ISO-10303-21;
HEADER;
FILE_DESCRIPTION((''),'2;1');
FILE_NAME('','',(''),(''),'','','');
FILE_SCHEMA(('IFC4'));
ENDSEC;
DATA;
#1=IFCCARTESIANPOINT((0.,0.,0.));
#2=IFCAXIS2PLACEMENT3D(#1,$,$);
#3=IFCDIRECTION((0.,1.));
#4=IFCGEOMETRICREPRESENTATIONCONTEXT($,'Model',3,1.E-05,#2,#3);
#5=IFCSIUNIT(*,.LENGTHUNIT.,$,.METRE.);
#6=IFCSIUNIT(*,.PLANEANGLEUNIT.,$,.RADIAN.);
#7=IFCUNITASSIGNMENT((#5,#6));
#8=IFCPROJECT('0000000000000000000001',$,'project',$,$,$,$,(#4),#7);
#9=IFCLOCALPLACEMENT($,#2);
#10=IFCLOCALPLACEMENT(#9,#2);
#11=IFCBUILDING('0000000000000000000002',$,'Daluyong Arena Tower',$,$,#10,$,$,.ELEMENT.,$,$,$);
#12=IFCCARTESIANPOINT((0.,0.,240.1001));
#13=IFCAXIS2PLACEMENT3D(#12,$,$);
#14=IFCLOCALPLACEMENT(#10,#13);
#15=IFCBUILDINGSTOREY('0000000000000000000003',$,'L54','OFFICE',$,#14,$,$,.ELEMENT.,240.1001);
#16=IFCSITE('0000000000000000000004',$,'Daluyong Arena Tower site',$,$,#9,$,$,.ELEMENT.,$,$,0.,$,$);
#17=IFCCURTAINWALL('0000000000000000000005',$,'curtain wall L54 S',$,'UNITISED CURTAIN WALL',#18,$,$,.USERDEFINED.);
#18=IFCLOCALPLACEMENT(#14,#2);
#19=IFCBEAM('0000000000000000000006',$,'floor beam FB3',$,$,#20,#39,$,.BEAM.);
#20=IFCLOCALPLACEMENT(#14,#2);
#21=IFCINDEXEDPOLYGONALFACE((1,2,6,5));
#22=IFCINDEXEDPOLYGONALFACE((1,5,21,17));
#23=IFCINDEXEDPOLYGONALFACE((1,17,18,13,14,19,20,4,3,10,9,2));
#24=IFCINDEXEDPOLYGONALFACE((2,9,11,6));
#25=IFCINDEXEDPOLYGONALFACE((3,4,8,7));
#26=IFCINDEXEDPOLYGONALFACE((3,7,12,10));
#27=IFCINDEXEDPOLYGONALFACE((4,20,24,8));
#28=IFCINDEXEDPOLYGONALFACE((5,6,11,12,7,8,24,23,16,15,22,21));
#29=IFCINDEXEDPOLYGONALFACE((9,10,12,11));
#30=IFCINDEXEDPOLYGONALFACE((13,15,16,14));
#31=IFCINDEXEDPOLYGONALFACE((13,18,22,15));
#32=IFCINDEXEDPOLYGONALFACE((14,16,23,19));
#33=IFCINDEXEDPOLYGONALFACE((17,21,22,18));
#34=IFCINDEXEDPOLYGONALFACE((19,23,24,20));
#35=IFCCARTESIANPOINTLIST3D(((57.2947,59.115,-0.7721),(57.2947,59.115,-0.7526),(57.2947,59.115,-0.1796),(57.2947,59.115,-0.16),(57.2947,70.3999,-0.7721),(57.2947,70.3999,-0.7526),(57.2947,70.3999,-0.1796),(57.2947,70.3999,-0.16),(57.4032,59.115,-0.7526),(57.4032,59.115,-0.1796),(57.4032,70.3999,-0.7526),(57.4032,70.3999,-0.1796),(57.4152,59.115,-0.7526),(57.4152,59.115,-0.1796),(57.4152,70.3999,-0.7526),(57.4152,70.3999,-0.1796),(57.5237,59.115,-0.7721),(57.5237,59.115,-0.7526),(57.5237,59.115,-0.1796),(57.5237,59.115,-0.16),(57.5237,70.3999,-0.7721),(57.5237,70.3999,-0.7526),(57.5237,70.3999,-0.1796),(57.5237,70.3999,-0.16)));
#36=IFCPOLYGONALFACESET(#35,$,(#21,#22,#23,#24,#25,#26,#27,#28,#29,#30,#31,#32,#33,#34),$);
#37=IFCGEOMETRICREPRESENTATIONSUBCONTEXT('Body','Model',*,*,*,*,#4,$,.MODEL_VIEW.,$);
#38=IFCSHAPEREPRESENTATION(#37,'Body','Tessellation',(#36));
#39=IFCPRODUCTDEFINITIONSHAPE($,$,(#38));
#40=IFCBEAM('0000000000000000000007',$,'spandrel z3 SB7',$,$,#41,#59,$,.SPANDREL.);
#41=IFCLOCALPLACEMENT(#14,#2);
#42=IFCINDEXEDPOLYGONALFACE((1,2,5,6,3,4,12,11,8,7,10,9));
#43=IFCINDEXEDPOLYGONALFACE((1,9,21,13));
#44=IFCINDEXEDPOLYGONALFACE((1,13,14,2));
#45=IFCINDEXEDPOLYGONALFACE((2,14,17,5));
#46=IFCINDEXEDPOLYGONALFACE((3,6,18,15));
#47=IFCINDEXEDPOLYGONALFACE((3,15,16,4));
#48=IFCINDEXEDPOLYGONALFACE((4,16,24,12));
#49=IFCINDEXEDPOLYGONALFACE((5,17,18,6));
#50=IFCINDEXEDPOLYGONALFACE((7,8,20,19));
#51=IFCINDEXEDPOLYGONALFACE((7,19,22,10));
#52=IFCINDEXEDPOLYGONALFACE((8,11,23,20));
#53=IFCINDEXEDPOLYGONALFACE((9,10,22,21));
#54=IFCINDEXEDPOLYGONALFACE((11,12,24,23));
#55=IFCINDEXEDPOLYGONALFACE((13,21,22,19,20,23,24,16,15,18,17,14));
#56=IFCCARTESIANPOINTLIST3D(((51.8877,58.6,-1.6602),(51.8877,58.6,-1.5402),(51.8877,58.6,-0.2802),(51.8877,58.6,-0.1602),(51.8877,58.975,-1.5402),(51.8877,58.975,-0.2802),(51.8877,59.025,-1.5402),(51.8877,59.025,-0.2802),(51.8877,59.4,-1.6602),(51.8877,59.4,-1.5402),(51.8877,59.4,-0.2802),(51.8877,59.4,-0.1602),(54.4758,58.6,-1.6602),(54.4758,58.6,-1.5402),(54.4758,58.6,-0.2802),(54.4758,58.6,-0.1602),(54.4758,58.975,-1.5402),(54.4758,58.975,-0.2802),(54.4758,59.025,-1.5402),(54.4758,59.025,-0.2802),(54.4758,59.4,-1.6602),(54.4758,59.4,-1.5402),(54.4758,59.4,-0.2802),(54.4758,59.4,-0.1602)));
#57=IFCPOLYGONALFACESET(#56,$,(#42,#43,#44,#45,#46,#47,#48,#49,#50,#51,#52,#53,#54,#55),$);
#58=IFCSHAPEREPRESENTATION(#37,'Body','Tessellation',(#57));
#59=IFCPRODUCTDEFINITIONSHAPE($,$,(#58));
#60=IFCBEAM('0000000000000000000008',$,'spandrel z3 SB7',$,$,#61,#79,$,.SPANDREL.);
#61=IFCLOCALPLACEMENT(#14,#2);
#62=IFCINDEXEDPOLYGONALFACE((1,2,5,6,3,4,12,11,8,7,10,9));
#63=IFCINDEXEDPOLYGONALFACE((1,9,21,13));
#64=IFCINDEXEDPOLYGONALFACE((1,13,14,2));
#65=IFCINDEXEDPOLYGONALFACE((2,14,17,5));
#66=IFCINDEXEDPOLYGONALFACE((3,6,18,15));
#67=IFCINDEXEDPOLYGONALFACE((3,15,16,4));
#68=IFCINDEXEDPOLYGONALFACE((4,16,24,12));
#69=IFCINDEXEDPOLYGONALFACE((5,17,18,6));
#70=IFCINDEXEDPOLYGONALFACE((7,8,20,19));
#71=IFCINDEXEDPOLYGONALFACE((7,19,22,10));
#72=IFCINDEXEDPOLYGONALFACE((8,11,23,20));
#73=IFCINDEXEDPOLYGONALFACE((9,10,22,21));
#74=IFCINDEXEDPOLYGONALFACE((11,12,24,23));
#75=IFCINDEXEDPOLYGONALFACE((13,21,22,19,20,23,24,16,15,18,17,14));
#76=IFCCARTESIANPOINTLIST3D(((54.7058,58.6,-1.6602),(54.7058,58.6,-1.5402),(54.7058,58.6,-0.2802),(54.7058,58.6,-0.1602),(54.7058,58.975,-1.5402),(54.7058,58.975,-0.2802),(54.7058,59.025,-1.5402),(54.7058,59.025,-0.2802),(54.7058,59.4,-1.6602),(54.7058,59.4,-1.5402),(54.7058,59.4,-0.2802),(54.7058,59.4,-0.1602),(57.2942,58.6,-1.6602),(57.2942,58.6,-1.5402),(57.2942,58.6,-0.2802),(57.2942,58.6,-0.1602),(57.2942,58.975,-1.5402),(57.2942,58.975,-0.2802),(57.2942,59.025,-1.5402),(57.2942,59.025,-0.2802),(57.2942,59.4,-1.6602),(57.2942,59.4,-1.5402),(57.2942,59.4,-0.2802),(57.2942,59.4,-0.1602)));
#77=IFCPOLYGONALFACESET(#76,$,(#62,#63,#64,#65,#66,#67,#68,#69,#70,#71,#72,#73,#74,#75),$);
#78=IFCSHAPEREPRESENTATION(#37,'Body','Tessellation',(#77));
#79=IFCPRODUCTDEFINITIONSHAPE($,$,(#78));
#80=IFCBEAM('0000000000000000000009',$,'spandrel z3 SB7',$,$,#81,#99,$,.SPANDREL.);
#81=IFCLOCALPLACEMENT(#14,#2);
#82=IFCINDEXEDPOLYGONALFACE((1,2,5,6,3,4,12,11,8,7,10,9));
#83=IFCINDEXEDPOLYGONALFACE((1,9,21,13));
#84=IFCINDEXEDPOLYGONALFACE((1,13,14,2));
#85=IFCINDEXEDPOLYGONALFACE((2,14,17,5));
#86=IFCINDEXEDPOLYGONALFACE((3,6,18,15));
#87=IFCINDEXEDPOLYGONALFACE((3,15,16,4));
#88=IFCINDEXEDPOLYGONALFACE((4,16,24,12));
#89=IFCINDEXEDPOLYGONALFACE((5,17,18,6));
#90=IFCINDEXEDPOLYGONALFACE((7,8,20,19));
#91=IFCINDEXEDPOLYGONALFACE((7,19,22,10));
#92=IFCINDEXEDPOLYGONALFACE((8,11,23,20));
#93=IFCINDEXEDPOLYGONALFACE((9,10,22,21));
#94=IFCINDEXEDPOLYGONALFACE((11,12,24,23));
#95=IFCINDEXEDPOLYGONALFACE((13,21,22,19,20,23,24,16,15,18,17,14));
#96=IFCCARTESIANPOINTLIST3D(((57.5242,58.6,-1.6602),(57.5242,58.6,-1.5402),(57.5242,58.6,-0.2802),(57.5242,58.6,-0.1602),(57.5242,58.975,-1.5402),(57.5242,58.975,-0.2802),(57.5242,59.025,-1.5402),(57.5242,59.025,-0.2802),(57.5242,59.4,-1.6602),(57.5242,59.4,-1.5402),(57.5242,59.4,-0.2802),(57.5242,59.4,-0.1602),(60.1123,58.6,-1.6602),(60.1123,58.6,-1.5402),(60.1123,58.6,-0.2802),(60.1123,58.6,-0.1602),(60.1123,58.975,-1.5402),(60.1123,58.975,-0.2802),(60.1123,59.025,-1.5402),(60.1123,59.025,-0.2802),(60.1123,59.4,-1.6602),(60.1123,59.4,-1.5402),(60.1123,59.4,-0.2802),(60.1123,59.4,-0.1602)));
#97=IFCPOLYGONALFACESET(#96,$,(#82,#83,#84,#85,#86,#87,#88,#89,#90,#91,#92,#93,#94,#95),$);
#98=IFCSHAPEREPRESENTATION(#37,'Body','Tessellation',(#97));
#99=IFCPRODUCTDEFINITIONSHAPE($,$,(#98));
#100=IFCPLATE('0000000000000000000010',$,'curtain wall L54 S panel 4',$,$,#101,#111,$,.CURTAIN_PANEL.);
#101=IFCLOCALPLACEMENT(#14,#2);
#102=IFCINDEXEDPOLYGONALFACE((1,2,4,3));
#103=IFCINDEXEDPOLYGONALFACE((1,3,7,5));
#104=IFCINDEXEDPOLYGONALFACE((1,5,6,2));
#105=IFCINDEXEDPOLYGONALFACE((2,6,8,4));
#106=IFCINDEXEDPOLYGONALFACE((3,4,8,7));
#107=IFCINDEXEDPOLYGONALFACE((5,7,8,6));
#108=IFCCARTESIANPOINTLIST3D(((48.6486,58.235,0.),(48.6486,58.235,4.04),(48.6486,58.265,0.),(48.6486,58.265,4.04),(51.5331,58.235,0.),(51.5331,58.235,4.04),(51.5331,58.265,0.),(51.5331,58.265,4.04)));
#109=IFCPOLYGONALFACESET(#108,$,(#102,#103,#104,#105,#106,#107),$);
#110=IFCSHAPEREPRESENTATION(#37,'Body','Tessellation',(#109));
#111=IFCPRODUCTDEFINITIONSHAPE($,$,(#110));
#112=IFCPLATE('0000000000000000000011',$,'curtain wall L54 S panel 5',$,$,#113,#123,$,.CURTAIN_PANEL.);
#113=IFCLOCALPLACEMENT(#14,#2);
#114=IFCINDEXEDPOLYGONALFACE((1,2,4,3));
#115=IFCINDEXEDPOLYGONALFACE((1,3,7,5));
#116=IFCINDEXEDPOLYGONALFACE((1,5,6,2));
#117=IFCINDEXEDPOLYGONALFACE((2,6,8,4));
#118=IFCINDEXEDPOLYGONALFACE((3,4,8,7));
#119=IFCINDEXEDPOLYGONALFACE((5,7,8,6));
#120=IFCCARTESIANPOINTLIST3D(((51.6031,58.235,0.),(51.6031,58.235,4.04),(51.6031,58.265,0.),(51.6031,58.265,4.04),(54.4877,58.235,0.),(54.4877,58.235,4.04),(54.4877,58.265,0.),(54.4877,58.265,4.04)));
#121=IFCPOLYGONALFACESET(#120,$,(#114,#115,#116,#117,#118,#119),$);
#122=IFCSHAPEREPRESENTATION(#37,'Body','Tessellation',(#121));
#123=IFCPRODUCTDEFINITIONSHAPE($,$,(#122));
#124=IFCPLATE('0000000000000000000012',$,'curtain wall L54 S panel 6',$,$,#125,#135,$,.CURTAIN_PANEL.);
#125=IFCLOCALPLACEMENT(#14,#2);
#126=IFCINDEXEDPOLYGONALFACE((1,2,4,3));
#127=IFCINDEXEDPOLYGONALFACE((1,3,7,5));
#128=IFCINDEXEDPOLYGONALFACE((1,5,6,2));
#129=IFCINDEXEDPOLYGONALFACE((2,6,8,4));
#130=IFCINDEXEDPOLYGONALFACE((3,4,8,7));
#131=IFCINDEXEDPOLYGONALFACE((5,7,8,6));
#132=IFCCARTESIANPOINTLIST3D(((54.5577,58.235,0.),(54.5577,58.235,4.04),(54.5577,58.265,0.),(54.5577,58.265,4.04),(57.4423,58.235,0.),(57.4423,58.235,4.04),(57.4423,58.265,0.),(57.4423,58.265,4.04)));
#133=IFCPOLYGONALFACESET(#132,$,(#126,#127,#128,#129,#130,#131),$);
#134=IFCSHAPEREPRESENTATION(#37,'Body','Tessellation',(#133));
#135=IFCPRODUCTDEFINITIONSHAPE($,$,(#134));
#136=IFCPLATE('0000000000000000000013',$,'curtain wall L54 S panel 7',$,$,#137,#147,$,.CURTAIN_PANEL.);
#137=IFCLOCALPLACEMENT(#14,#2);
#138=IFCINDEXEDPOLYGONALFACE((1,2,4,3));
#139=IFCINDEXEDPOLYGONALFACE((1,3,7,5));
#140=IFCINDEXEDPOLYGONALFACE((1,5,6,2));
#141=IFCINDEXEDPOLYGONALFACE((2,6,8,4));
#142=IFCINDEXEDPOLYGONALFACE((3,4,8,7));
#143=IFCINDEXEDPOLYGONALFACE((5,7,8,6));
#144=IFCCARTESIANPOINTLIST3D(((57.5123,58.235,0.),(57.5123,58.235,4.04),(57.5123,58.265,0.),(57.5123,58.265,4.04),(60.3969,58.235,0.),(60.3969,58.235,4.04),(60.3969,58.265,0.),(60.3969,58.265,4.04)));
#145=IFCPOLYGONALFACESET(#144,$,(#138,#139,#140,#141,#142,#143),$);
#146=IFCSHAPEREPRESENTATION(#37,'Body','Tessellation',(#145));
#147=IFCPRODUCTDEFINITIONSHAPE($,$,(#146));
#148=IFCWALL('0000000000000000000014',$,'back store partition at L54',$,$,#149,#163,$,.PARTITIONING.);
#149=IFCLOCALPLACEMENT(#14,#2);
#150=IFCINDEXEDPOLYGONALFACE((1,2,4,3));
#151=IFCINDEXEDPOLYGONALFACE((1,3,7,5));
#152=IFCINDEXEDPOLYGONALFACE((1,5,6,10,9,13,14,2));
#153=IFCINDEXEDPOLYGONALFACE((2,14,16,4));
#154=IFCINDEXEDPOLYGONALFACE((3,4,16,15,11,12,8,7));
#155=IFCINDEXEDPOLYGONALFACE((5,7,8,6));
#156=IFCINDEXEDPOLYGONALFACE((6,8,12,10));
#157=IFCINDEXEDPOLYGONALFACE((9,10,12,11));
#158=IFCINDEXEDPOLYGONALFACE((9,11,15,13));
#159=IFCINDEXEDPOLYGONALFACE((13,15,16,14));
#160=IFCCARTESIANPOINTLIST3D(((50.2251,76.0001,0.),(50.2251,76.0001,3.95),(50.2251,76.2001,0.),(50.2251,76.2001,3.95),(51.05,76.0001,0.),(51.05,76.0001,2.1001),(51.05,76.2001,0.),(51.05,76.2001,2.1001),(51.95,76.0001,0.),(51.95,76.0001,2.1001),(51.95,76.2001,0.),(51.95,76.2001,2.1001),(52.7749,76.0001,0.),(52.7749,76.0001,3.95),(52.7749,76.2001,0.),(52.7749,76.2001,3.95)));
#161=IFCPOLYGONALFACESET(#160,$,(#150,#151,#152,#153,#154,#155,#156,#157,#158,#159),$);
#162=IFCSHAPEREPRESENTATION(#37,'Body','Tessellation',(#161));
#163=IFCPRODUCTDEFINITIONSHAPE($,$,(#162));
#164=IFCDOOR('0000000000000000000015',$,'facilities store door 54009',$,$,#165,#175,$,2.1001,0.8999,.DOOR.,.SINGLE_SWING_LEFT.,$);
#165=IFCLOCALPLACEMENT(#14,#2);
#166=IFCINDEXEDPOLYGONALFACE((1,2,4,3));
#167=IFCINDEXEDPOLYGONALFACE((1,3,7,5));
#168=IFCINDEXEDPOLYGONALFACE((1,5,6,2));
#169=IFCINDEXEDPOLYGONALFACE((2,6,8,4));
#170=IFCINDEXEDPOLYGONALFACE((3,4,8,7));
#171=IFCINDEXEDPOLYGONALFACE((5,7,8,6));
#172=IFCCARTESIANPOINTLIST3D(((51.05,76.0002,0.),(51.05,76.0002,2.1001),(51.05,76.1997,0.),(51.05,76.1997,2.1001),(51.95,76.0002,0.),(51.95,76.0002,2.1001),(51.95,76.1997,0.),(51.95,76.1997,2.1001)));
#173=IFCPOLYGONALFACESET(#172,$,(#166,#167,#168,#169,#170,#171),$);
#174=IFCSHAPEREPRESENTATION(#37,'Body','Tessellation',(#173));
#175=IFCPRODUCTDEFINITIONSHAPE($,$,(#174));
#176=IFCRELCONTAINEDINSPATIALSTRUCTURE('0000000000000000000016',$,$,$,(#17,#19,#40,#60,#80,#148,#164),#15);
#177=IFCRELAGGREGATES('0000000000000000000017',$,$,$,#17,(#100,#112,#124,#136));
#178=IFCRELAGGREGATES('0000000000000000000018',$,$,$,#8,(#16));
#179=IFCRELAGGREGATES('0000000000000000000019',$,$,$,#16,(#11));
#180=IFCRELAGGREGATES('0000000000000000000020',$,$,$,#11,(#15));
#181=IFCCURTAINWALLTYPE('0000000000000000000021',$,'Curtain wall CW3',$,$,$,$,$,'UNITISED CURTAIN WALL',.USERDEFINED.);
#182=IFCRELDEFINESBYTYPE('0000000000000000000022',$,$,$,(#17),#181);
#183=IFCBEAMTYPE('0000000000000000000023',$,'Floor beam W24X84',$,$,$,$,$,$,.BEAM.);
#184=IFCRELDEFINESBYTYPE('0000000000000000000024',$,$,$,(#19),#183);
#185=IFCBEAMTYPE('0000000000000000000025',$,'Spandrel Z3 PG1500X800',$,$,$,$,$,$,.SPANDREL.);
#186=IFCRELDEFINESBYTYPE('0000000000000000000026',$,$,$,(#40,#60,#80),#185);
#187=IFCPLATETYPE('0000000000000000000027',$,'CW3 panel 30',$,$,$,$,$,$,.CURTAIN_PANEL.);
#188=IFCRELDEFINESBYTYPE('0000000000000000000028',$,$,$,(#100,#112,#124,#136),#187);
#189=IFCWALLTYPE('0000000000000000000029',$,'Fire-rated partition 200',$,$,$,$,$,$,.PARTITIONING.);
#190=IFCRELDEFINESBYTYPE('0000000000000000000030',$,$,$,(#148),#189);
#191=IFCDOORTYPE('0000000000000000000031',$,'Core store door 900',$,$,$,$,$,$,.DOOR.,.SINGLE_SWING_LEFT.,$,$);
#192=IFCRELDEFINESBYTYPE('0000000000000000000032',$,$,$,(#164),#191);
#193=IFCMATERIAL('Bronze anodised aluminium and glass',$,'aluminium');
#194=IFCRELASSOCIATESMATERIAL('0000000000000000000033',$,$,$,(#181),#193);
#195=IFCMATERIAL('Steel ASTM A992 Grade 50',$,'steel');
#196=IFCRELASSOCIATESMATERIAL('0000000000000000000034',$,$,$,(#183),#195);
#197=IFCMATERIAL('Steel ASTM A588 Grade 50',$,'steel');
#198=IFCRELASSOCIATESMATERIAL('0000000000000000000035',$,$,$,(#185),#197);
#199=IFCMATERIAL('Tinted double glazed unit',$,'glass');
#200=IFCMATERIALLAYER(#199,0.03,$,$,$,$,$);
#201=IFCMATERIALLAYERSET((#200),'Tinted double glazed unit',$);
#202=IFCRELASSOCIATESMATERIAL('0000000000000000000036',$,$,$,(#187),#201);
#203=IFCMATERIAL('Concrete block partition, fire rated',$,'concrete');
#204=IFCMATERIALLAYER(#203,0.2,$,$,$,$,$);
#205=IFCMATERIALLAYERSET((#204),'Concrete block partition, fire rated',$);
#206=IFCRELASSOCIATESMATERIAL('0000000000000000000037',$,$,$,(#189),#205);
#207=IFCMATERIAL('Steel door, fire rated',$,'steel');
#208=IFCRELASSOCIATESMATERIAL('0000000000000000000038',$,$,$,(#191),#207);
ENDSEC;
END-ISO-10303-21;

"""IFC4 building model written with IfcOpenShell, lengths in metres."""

from ifc_helpers import new_model, si_unit, direction, frame, frame_2d, origin, origin_2d, place, context, subcontext, project, spatial, rectangle, i_section, extrude, material, layer, layer_set, material_profile, profile_set, type_object, element, fill, aggregate, save


model = new_model("IFC4")

# Units and contexts
model_context = context("Model", 3, precision=1e-05, world=origin(), true_north=direction((0.0, 1.0)))
body_context = subcontext(model_context, "Body", "Model", "MODEL_VIEW")
ifc_project = project(units=[si_unit("LENGTHUNIT", "METRE"), si_unit("PLANEANGLEUNIT", "RADIAN")], contexts=[model_context])

# Site, building, storey
site_placement = place(None, origin())
site = spatial("IfcSite", under=ifc_project, at=site_placement, Name="Daluyong Arena Tower site", CompositionType="ELEMENT", RefElevation=0.0)
building_placement = place(site_placement, origin())
building = spatial("IfcBuilding", under=site, at=building_placement, Name="Daluyong Arena Tower", CompositionType="ELEMENT")
storey_placement = place(building_placement, frame((0.0, 0.0, 240.1001)))
storey = spatial("IfcBuildingStorey", under=building, at=storey_placement, Name="L54", Description="OFFICE", CompositionType="ELEMENT", Elevation=240.1001)

# Curtain wall
ifc_material_1 = material(Name="Bronze anodised aluminium and glass", Category="aluminium")
curtain_wall_type = type_object("IfcCurtainWallType", Name="Curtain wall CW3", ElementType="UNITISED CURTAIN WALL", PredefinedType="USERDEFINED", material=ifc_material_1)
curtain_wall_placement = place(storey_placement, origin())
curtain_wall = element("IfcCurtainWall", 1, at=curtain_wall_placement, inside=storey, type_object=curtain_wall_type, Name="curtain wall L54 S", ObjectType="UNITISED CURTAIN WALL", PredefinedType="USERDEFINED")

# Beams
ifc_material_2 = material(Name="Steel ASTM A992 Grade 50", Category="steel")
ifc_material_profile_1 = material_profile(ifc_material_2, i_section(OverallWidth=0.229, OverallDepth=0.6121, WebThickness=0.012, FlangeThickness=0.0195, at=origin_2d()))
ifc_profile_set_1 = profile_set([ifc_material_profile_1], Name="Steel ASTM A992 Grade 50")
beam_type_1 = type_object("IfcBeamType", Name="Floor beam W24X84", PredefinedType="BEAM", material=ifc_profile_set_1)
for number, where, z_axis, x_axis, name in (
    (2, (57.4092, 59.115, -0.4661), (0.0, 1.0, 0.0), (-1.0, 0.0, 0.0), "floor beam FB3"),
):
    element("IfcBeam", number, at=place(storey_placement, frame(where, z_axis=z_axis, x_axis=x_axis)), inside=storey, type_object=beam_type_1, Name=name, PredefinedType="BEAM", context=body_context, shape_type="SweptSolid", body=[
        extrude(i_section(OverallWidth=0.229, OverallDepth=0.6121, WebThickness=0.012, FlangeThickness=0.0195, at=origin_2d()), origin(), (0.0, 0.0, 1.0), 11.2849),
    ])
ifc_material_3 = material(Name="Steel ASTM A588 Grade 50", Category="steel")
ifc_material_profile_2 = material_profile(ifc_material_3, i_section(OverallWidth=0.8, OverallDepth=1.5, WebThickness=0.05, FlangeThickness=0.12, at=origin_2d()))
ifc_profile_set_2 = profile_set([ifc_material_profile_2], Name="Steel ASTM A588 Grade 50")
beam_type_2 = type_object("IfcBeamType", Name="Spandrel Z3 PG1500X800", PredefinedType="SPANDREL", material=ifc_profile_set_2)
beam_1_placement = place(storey_placement, frame((51.8877, 59.0, -0.9102), z_axis=(1.0, 0.0, 0.0), x_axis=(0.0, 1.0, 0.0)))
element("IfcBeam", 3, at=beam_1_placement, inside=storey, type_object=beam_type_2, Name="spandrel z3 SB7", PredefinedType="SPANDREL", context=body_context, shape_type="SweptSolid", body=[
    extrude(i_section(OverallWidth=0.8, OverallDepth=1.5, WebThickness=0.05, FlangeThickness=0.12, at=origin_2d()), origin(), (0.0, 0.0, 1.0), 2.5881),
])
beam_2_placement = place(storey_placement, frame((54.7058, 59.0, -0.9102), z_axis=(1.0, 0.0, 0.0), x_axis=(0.0, 1.0, 0.0)))
element("IfcBeam", 4, at=beam_2_placement, inside=storey, type_object=beam_type_2, Name="spandrel z3 SB7", PredefinedType="SPANDREL", context=body_context, shape_type="SweptSolid", body=[
    extrude(i_section(OverallWidth=0.8, OverallDepth=1.5, WebThickness=0.05, FlangeThickness=0.12, at=origin_2d()), origin(), (0.0, 0.0, 1.0), 2.5884),
])
beam_3_placement = place(storey_placement, frame((57.5242, 59.0, -0.9102), z_axis=(1.0, 0.0, 0.0), x_axis=(0.0, 1.0, 0.0)))
element("IfcBeam", 5, at=beam_3_placement, inside=storey, type_object=beam_type_2, Name="spandrel z3 SB7", PredefinedType="SPANDREL", context=body_context, shape_type="SweptSolid", body=[
    extrude(i_section(OverallWidth=0.8, OverallDepth=1.5, WebThickness=0.05, FlangeThickness=0.12, at=origin_2d()), origin(), (0.0, 0.0, 1.0), 2.5881),
])

# Plates
ifc_material_4 = material(Name="Tinted double glazed unit", Category="glass")
ifc_layer_1 = layer(ifc_material_4, 0.03)
ifc_layer_set_1 = layer_set([ifc_layer_1], Name="Tinted double glazed unit")
plate_type = type_object("IfcPlateType", Name="CW3 panel 30", PredefinedType="CURTAIN_PANEL", material=ifc_layer_set_1)
plate_1_placement = place(storey_placement, frame((50.0908, 58.25, 0.0), z_axis=(0.0, 0.0, 1.0), x_axis=(1.0, 0.0, 0.0)))
plate_1 = element("IfcPlate", 6, at=plate_1_placement, type_object=plate_type, Name="curtain wall L54 S panel 4", PredefinedType="CURTAIN_PANEL", context=body_context, shape_type="SweptSolid", body=[
    extrude(rectangle(XDim=2.8845, YDim=0.03, at=origin_2d()), origin(), (0.0, 0.0, 1.0), 4.04),
])
plate_2_placement = place(storey_placement, frame((53.0454, 58.25, 0.0), z_axis=(0.0, 0.0, 1.0), x_axis=(1.0, 0.0, 0.0)))
plate_2 = element("IfcPlate", 7, at=plate_2_placement, type_object=plate_type, Name="curtain wall L54 S panel 5", PredefinedType="CURTAIN_PANEL", context=body_context, shape_type="SweptSolid", body=[
    extrude(rectangle(XDim=2.8845, YDim=0.03, at=origin_2d()), origin(), (0.0, 0.0, 1.0), 4.04),
])
plate_3_placement = place(storey_placement, frame((56.0, 58.25, 0.0), z_axis=(0.0, 0.0, 1.0), x_axis=(1.0, 0.0, 0.0)))
plate_3 = element("IfcPlate", 8, at=plate_3_placement, type_object=plate_type, Name="curtain wall L54 S panel 6", PredefinedType="CURTAIN_PANEL", context=body_context, shape_type="SweptSolid", body=[
    extrude(rectangle(XDim=2.8845, YDim=0.03, at=origin_2d()), origin(), (0.0, 0.0, 1.0), 4.04),
])
plate_4_placement = place(storey_placement, frame((58.9546, 58.25, 0.0), z_axis=(0.0, 0.0, 1.0), x_axis=(1.0, 0.0, 0.0)))
plate_4 = element("IfcPlate", 9, at=plate_4_placement, type_object=plate_type, Name="curtain wall L54 S panel 7", PredefinedType="CURTAIN_PANEL", context=body_context, shape_type="SweptSolid", body=[
    extrude(rectangle(XDim=2.8845, YDim=0.03, at=origin_2d()), origin(), (0.0, 0.0, 1.0), 4.04),
])
aggregate(curtain_wall, [plate_1, plate_2, plate_3, plate_4])

# Wall, opening, door
ifc_material_5 = material(Name="Concrete block partition, fire rated", Category="concrete")
ifc_layer_2 = layer(ifc_material_5, 0.2)
ifc_layer_set_2 = layer_set([ifc_layer_2], Name="Concrete block partition, fire rated")
wall_type_1 = type_object("IfcWallType", Name="Fire-rated partition 200", PredefinedType="PARTITIONING", material=ifc_layer_set_2)
wall_1_placement = place(storey_placement, frame((50.2251, 76.1001, 0.0), z_axis=(0.0, 0.0, 1.0), x_axis=(1.0, 0.0, 0.0)))
wall_1 = element("IfcWall", 10, at=wall_1_placement, inside=storey, type_object=wall_type_1, Name="back store partition at L54", PredefinedType="PARTITIONING", context=body_context, shape_type="SweptSolid", body=[
    extrude(rectangle(XDim=2.5498, YDim=0.2, at=frame_2d((1.2749, 0.0))), origin(), (0.0, 0.0, 1.0), 3.95),
])
opening_1_placement = place(wall_1_placement, frame((0.825, 0.0, 0.0)))
opening_1 = element("IfcOpeningElement", 11, at=opening_1_placement, cuts=wall_1, PredefinedType="OPENING", context=body_context, shape_type="SweptSolid", body=[
    extrude(rectangle(XDim=0.8999, YDim=2.1001, at=frame_2d((0.45, 1.05))), frame((0.0, 0.1099, 0.0), z_axis=(0.0, -1.0, 0.0), x_axis=(1.0, 0.0, 0.0)), (0.0, 0.0, 1.0), 0.22),
])
ifc_material_6 = material(Name="Steel door, fire rated", Category="steel")
door_type = type_object("IfcDoorType", Name="Core store door 900", OperationType="SINGLE_SWING_LEFT", PredefinedType="DOOR", material=ifc_material_6)
door_1_placement = place(opening_1_placement, origin())
door_1 = element("IfcDoor", 12, at=door_1_placement, inside=storey, type_object=door_type, Name="facilities store door 54009", OperationType="SINGLE_SWING_LEFT", OverallHeight=2.1001, OverallWidth=0.8999, PredefinedType="DOOR", context=body_context, shape_type="SweptSolid", body=[
    extrude(rectangle(XDim=0.8999, YDim=2.1001, at=frame_2d((0.45, 1.05))), frame((0.0, 0.0996, 0.0), z_axis=(0.0, -1.0, 0.0), x_axis=(1.0, 0.0, 0.0)), (0.0, 0.0, 1.0), 0.1995),
])
fill(opening_1, door_1)

save(model, "model.ifc")
